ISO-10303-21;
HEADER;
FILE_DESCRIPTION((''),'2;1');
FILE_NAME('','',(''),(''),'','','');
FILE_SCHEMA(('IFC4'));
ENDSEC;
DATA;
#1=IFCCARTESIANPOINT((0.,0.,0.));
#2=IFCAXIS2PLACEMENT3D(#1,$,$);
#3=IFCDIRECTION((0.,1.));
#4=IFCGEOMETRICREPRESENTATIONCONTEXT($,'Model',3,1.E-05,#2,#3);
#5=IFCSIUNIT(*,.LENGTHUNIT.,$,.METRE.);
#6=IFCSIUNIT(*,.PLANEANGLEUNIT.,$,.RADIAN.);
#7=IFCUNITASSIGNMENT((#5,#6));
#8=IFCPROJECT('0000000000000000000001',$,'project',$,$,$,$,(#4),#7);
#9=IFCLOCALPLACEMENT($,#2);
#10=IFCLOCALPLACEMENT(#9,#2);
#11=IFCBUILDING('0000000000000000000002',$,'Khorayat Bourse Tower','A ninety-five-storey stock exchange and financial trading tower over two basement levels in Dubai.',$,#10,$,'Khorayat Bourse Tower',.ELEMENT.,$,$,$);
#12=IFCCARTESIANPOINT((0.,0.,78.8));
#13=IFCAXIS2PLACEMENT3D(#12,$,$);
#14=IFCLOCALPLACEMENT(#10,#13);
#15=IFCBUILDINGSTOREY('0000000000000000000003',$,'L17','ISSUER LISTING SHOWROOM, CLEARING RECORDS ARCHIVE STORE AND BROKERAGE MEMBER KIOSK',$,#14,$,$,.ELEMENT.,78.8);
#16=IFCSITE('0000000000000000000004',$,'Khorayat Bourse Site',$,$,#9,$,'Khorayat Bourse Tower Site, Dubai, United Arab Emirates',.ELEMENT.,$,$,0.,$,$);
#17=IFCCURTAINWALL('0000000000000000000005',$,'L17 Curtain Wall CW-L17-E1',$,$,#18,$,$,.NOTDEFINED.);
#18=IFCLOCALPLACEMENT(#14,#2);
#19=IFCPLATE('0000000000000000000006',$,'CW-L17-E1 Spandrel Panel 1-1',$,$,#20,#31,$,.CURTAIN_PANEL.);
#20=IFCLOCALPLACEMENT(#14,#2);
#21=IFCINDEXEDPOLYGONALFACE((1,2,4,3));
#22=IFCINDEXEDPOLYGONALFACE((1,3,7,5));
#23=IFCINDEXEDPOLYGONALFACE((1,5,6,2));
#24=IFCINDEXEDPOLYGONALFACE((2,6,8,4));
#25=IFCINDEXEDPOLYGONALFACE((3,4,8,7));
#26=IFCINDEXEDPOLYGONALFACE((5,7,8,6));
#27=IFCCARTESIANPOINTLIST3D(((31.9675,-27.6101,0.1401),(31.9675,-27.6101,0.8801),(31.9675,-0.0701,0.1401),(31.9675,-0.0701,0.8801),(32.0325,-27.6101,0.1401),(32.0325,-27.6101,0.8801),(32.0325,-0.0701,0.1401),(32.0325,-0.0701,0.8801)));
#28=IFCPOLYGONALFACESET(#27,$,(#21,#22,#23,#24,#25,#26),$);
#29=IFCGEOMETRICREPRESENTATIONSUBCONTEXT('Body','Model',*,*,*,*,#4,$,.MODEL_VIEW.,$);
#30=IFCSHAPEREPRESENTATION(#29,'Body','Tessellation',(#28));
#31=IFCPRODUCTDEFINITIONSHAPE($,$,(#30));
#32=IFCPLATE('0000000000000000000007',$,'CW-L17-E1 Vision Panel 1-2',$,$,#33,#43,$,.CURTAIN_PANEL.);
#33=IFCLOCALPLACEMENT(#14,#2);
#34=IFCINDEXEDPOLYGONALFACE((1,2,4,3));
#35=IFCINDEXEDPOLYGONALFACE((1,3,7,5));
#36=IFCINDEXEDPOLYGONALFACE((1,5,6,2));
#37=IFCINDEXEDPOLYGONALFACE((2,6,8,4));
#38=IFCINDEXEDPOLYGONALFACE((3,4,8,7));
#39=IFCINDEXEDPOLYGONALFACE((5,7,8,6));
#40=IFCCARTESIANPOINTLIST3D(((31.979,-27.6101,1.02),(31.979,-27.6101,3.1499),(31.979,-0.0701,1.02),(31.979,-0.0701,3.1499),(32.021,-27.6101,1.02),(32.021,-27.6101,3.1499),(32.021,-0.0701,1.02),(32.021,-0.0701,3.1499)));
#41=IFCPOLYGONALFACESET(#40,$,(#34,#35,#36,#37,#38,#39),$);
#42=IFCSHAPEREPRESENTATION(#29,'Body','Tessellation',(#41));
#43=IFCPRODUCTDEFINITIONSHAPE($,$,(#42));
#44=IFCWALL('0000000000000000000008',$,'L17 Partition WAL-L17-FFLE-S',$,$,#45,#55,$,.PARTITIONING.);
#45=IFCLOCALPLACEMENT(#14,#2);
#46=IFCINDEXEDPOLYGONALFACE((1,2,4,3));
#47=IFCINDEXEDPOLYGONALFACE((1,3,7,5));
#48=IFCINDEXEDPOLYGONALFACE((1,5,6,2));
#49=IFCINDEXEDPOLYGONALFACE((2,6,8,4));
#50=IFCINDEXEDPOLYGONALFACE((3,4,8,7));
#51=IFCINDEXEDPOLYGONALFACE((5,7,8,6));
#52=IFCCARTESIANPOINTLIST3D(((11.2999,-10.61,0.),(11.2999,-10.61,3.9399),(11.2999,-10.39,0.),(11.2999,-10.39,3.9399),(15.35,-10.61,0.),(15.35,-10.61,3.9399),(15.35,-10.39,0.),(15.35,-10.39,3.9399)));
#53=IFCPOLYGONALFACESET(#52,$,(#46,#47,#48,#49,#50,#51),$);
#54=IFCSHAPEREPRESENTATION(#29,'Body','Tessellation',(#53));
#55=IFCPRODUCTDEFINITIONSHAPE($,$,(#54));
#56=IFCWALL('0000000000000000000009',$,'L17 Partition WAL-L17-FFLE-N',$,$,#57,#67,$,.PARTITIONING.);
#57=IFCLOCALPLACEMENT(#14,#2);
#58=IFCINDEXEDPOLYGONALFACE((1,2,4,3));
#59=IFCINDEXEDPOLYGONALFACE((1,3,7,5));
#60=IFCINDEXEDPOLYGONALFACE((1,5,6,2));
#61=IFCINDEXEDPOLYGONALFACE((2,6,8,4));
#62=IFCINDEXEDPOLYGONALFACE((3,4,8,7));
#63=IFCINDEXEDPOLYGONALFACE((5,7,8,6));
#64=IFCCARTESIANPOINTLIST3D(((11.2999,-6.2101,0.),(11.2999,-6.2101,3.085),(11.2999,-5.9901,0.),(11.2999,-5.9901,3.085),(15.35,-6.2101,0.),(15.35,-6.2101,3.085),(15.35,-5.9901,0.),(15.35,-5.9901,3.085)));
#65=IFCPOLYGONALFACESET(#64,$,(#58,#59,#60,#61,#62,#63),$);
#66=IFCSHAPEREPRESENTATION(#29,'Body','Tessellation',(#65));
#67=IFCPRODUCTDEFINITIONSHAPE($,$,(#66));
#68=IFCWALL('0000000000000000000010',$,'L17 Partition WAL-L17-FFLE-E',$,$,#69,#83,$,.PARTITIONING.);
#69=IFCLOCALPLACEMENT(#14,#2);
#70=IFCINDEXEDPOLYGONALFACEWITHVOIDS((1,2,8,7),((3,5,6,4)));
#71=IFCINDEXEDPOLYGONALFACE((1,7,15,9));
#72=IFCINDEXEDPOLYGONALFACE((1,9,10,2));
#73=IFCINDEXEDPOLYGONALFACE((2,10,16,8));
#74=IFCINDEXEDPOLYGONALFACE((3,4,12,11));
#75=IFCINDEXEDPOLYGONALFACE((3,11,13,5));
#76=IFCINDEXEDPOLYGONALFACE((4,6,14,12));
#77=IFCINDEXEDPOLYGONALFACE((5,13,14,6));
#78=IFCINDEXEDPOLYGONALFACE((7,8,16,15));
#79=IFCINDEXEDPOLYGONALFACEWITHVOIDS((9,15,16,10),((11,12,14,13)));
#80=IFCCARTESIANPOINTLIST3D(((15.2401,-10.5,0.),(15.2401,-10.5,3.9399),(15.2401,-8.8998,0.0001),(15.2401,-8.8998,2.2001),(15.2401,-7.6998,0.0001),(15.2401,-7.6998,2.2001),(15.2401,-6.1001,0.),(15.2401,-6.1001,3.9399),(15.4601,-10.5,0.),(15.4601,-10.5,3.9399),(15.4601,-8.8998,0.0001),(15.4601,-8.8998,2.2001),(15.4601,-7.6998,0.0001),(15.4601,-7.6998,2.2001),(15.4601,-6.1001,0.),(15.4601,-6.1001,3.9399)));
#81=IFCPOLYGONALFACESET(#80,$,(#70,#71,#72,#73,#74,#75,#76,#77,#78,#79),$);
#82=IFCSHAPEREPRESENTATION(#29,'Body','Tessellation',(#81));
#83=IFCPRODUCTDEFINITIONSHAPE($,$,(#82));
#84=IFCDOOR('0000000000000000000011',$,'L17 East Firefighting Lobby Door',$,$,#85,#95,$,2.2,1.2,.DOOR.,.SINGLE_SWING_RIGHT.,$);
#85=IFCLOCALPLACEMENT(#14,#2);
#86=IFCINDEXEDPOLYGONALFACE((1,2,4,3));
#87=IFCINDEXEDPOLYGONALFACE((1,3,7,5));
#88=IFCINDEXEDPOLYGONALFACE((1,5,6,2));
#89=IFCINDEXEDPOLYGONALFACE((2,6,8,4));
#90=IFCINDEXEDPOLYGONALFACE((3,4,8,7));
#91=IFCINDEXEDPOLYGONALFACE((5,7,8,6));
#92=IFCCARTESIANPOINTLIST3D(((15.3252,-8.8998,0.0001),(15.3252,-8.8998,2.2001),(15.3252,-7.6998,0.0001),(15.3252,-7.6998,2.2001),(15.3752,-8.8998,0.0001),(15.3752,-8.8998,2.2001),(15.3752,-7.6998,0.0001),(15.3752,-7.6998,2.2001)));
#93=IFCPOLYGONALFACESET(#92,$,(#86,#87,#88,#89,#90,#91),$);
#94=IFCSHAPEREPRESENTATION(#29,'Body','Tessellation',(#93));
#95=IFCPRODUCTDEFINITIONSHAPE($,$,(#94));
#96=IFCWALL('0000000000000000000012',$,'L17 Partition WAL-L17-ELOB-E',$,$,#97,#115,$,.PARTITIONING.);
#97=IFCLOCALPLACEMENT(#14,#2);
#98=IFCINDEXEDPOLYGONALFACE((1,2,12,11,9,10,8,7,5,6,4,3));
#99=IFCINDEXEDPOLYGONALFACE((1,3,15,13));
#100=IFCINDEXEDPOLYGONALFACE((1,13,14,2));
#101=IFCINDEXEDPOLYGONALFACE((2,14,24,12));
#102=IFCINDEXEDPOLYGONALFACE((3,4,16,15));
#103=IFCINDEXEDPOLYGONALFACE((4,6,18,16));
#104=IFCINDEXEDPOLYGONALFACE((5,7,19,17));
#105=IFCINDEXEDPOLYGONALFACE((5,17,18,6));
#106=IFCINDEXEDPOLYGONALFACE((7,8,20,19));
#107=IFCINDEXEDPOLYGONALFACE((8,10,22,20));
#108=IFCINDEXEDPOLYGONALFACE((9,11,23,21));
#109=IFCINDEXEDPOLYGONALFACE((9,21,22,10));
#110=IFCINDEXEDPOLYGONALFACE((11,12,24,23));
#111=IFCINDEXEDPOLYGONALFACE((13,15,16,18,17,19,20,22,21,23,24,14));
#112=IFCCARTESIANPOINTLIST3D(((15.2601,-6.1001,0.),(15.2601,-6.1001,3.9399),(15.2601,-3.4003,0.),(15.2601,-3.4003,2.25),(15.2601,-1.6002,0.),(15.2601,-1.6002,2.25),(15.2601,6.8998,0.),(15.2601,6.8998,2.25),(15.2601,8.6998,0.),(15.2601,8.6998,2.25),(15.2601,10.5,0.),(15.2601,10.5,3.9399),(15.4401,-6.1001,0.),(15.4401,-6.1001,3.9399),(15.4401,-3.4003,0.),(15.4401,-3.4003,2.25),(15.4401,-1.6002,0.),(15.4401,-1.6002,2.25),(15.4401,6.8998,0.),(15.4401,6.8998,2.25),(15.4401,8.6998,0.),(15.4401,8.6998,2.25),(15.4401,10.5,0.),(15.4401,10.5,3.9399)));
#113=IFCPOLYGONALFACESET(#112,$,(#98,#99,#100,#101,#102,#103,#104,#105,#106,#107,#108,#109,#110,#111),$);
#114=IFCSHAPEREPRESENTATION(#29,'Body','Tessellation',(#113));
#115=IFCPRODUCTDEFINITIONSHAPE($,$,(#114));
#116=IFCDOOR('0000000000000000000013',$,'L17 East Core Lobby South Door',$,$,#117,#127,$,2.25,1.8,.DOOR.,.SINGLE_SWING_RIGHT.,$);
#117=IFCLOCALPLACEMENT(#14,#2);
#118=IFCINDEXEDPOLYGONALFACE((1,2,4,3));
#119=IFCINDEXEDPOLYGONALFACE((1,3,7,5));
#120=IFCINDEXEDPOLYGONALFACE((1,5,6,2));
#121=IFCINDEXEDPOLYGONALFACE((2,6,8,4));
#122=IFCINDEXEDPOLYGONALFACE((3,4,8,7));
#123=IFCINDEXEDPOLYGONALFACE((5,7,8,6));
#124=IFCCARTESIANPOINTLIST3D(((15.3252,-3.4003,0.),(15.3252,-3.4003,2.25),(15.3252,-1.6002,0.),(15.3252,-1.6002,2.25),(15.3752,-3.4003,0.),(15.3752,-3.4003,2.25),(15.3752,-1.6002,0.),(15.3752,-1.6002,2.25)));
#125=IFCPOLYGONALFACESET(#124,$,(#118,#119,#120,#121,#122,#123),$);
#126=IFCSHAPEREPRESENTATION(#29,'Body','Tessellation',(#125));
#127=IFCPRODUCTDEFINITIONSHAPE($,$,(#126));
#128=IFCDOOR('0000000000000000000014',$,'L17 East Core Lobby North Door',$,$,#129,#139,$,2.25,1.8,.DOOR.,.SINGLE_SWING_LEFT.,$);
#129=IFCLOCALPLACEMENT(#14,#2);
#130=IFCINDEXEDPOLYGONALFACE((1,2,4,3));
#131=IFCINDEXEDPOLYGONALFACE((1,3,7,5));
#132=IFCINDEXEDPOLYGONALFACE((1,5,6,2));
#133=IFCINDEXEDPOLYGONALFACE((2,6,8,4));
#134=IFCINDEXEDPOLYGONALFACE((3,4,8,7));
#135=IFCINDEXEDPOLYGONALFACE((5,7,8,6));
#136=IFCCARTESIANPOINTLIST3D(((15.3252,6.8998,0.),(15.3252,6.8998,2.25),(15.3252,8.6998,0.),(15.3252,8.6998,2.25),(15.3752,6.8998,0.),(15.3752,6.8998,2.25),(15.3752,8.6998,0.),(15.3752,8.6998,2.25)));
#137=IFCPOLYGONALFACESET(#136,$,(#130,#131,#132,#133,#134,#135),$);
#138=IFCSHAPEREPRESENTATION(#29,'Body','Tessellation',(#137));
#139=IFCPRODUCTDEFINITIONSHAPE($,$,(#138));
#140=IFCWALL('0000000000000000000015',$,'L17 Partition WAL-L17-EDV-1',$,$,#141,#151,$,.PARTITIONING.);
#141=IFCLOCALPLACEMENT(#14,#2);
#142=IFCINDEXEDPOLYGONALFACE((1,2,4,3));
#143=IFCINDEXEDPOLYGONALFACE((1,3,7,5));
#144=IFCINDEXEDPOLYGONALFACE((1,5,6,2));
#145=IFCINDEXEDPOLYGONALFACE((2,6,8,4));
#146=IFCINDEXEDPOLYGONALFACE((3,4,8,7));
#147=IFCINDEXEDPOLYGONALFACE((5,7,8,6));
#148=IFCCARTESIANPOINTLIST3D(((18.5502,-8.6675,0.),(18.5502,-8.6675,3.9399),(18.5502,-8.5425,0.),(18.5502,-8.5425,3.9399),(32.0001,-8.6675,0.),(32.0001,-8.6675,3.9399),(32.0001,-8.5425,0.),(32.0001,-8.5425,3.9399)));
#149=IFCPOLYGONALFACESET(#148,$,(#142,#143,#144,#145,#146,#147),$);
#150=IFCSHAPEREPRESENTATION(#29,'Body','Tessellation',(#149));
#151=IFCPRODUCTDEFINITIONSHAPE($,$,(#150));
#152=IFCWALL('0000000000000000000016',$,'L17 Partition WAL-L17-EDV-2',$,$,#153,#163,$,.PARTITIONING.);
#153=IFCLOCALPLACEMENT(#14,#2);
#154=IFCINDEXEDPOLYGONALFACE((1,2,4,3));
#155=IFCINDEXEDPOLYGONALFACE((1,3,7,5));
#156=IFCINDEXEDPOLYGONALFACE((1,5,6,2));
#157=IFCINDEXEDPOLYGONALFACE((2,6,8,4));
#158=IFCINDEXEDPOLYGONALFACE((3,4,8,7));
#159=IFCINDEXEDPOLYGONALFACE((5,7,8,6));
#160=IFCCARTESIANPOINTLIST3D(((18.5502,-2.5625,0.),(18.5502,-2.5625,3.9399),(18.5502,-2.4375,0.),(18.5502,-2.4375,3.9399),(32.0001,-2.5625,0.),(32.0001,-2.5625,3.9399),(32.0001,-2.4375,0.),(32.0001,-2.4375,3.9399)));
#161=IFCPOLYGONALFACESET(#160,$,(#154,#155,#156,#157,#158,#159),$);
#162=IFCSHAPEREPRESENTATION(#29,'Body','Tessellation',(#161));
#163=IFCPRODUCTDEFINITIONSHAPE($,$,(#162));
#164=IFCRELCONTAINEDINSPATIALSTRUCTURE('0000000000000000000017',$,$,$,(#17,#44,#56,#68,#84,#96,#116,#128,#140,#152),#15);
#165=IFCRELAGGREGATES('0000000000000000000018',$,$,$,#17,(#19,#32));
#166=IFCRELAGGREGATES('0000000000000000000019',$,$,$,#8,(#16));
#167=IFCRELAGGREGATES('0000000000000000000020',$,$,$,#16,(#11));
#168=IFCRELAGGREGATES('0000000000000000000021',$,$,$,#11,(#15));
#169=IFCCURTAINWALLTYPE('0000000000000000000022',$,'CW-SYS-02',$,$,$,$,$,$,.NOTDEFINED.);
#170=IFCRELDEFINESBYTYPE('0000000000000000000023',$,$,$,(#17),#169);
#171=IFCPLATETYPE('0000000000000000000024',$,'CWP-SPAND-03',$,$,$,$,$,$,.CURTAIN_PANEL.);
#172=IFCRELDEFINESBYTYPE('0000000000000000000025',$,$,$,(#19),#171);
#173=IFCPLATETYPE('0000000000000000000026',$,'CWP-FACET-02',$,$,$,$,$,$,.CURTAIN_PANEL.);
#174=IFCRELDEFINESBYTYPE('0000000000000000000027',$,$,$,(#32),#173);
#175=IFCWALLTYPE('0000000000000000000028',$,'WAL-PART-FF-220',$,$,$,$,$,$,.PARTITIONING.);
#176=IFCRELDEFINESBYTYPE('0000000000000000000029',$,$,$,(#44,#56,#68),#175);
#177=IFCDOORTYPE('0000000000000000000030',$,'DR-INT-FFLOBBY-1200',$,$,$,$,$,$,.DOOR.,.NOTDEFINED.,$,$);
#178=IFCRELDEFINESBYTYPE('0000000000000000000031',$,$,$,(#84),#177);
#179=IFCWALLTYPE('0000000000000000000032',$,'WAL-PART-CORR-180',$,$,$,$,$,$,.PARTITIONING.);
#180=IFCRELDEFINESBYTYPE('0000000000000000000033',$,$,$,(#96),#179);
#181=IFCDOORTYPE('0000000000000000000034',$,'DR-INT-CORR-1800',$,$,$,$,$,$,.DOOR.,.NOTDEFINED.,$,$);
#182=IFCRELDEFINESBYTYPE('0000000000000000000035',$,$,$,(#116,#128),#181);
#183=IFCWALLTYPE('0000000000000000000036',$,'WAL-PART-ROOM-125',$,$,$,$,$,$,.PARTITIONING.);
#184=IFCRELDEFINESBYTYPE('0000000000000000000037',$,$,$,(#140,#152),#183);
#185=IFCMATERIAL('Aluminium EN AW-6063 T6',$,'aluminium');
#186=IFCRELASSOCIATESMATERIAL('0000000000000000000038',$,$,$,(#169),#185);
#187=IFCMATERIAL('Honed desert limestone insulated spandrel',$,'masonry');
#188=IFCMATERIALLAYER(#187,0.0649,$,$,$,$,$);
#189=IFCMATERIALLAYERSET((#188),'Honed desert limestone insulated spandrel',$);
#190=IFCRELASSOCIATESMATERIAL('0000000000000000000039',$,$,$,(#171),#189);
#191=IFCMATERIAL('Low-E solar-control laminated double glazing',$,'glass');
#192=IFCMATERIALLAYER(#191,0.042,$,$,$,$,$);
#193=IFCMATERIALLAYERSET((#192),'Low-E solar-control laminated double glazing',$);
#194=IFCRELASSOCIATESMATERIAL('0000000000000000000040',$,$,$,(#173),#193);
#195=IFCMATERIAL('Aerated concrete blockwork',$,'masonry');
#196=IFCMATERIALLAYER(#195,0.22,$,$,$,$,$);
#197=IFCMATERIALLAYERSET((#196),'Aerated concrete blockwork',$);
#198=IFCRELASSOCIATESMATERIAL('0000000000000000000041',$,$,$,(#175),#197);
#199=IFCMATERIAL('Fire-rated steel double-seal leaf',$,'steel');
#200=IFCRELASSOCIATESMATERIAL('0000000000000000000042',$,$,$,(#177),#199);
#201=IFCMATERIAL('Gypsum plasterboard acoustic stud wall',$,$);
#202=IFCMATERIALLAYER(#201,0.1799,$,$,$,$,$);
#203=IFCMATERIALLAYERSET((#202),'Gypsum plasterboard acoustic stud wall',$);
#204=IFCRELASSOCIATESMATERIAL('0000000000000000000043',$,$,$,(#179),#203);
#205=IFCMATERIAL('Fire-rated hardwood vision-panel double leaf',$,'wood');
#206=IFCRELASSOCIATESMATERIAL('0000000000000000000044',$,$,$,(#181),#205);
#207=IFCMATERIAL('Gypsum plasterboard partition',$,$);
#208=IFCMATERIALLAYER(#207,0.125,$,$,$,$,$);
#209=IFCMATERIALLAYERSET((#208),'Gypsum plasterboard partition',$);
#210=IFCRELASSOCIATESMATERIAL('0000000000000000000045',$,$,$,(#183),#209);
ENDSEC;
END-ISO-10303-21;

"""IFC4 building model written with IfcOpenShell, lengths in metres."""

from ifc_helpers import new_model, si_unit, direction, frame, frame_2d, origin, origin_2d, place, context, subcontext, project, spatial, rectangle, extrude, source, transform, mapped, material, layer, layer_set, type_object, element, fill, aggregate, save


model = new_model("IFC4")

# Units and contexts
model_context = context("Model", 3, precision=1e-05, world=origin(), true_north=direction((0.0, 1.0)))
body_context = subcontext(model_context, "Body", "Model", "MODEL_VIEW")
ifc_project = project(units=[si_unit("LENGTHUNIT", "METRE"), si_unit("PLANEANGLEUNIT", "RADIAN")], contexts=[model_context])

# Site, building, storey
site_placement = place(None, origin())
site = spatial("IfcSite", under=ifc_project, at=site_placement, Name="Khorayat Bourse Site", LongName="Khorayat Bourse Tower Site, Dubai, United Arab Emirates", CompositionType="ELEMENT", RefElevation=0.0)
building_placement = place(site_placement, origin())
building = spatial("IfcBuilding", under=site, at=building_placement, Name="Khorayat Bourse Tower", Description="A ninety-five-storey stock exchange and financial trading tower over two basement levels in Dubai.", LongName="Khorayat Bourse Tower", CompositionType="ELEMENT")
storey_placement = place(building_placement, frame((0.0, 0.0, 78.8)))
storey = spatial("IfcBuildingStorey", under=building, at=storey_placement, Name="L17", Description="ISSUER LISTING SHOWROOM, CLEARING RECORDS ARCHIVE STORE AND BROKERAGE MEMBER KIOSK", CompositionType="ELEMENT", Elevation=78.8)

# Curtain wall
ifc_material_1 = material(Name="Aluminium EN AW-6063 T6", Category="aluminium")
curtain_wall_type = type_object("IfcCurtainWallType", Name="CW-SYS-02", PredefinedType="NOTDEFINED", material=ifc_material_1)
curtain_wall_placement = place(storey_placement, origin())
curtain_wall = element("IfcCurtainWall", 1, at=curtain_wall_placement, inside=storey, type_object=curtain_wall_type, Name="L17 Curtain Wall CW-L17-E1", PredefinedType="NOTDEFINED")

# Plates
ifc_material_2 = material(Name="Honed desert limestone insulated spandrel", Category="masonry")
ifc_layer_1 = layer(ifc_material_2, 0.0649)
ifc_layer_set_1 = layer_set([ifc_layer_1], Name="Honed desert limestone insulated spandrel")
plate_type_1 = type_object("IfcPlateType", Name="CWP-SPAND-03", PredefinedType="CURTAIN_PANEL", material=ifc_layer_set_1)
shared_shape_1 = source(origin(), body_context, "Body", "SweptSolid", [
    extrude(rectangle(XDim=27.54, YDim=0.0649, at=origin_2d()), origin(), (0.0, 0.0, 1.0), 0.74),
])
plate_1_placement = place(storey_placement, frame((32.0, -13.8401, 0.1401), z_axis=(0.0, 0.0, 1.0), x_axis=(0.0, 1.0, 0.0)))
plate_1 = element("IfcPlate", 2, at=plate_1_placement, type_object=plate_type_1, Name="CW-L17-E1 Spandrel Panel 1-1", PredefinedType="CURTAIN_PANEL", context=body_context, shape_type="MappedRepresentation", body=[
    mapped(shared_shape_1, transform((0.0, 0.0, 0.0), scale=1.0)),
])
ifc_material_3 = material(Name="Low-E solar-control laminated double glazing", Category="glass")
ifc_layer_2 = layer(ifc_material_3, 0.042)
ifc_layer_set_2 = layer_set([ifc_layer_2], Name="Low-E solar-control laminated double glazing")
plate_type_2 = type_object("IfcPlateType", Name="CWP-FACET-02", PredefinedType="CURTAIN_PANEL", material=ifc_layer_set_2)
shared_shape_2 = source(origin(), body_context, "Body", "SweptSolid", [
    extrude(rectangle(XDim=27.54, YDim=0.042, at=origin_2d()), origin(), (0.0, 0.0, 1.0), 2.1299),
])
plate_2_placement = place(storey_placement, frame((32.0, -13.8401, 1.02), z_axis=(0.0, 0.0, 1.0), x_axis=(0.0, 1.0, 0.0)))
plate_2 = element("IfcPlate", 3, at=plate_2_placement, type_object=plate_type_2, Name="CW-L17-E1 Vision Panel 1-2", PredefinedType="CURTAIN_PANEL", context=body_context, shape_type="MappedRepresentation", body=[
    mapped(shared_shape_2, transform((0.0, 0.0, 0.0), scale=1.0)),
])
aggregate(curtain_wall, [plate_1, plate_2])

# Walls
ifc_material_4 = material(Name="Aerated concrete blockwork", Category="masonry")
ifc_layer_3 = layer(ifc_material_4, 0.22)
ifc_layer_set_3 = layer_set([ifc_layer_3], Name="Aerated concrete blockwork")
wall_type_1 = type_object("IfcWallType", Name="WAL-PART-FF-220", PredefinedType="PARTITIONING", material=ifc_layer_set_3)
shared_shape_3 = source(origin(), body_context, "Body", "SweptSolid", [
    extrude(rectangle(XDim=4.05, YDim=0.22, at=frame_2d((2.0249, 0.0))), origin(), (0.0, 0.0, 1.0), 3.9399),
])
wall_1_placement = place(storey_placement, frame((11.3, -10.5, 0.0), z_axis=(0.0, 0.0, 1.0), x_axis=(1.0, 0.0, 0.0)))
element("IfcWall", 4, at=wall_1_placement, inside=storey, type_object=wall_type_1, Name="L17 Partition WAL-L17-FFLE-S", PredefinedType="PARTITIONING", context=body_context, shape_type="MappedRepresentation", body=[
    mapped(shared_shape_3, transform((0.0, 0.0, 0.0), scale=1.0)),
])
shared_shape_4 = source(origin(), body_context, "Body", "SweptSolid", [
    extrude(rectangle(XDim=4.05, YDim=0.22, at=frame_2d((2.0249, 0.0))), origin(), (0.0, 0.0, 1.0), 3.085),
])
wall_2_placement = place(storey_placement, frame((11.3, -6.1001, 0.0), z_axis=(0.0, 0.0, 1.0), x_axis=(1.0, 0.0, 0.0)))
element("IfcWall", 5, at=wall_2_placement, inside=storey, type_object=wall_type_1, Name="L17 Partition WAL-L17-FFLE-N", PredefinedType="PARTITIONING", context=body_context, shape_type="MappedRepresentation", body=[
    mapped(shared_shape_4, transform((0.0, 0.0, 0.0), scale=1.0)),
])

# Wall, opening, door
shared_shape_5 = source(origin(), body_context, "Body", "SweptSolid", [
    extrude(rectangle(XDim=4.3999, YDim=0.22, at=frame_2d((2.2, 0.0))), origin(), (0.0, 0.0, 1.0), 3.9399),
])
wall_3_placement = place(storey_placement, frame((15.3501, -10.5, 0.0), z_axis=(0.0, 0.0, 1.0), x_axis=(0.0, 1.0, 0.0)))
wall_3 = element("IfcWall", 6, at=wall_3_placement, inside=storey, type_object=wall_type_1, Name="L17 Partition WAL-L17-FFLE-E", PredefinedType="PARTITIONING", context=body_context, shape_type="MappedRepresentation", body=[
    mapped(shared_shape_5, transform((0.0, 0.0, 0.0), scale=1.0)),
])
shared_shape_6 = source(origin(), body_context, "Body", "SweptSolid", [
    extrude(rectangle(XDim=1.2, YDim=2.2, at=frame_2d((0.6001, 1.1001))), frame((0.0, 0.1199, 0.0), z_axis=(0.0, -1.0, 0.0), x_axis=(1.0, 0.0, 0.0)), (0.0, 0.0, 1.0), 0.24),
])
opening_1_placement = place(wall_3_placement, frame((1.6001, 0.0, 0.0)))
opening_1 = element("IfcOpeningElement", 7, at=opening_1_placement, cuts=wall_3, PredefinedType="OPENING", context=body_context, shape_type="MappedRepresentation", body=[
    mapped(shared_shape_6, transform((0.0, 0.0, 0.0), scale=1.0)),
])
ifc_material_5 = material(Name="Fire-rated steel double-seal leaf", Category="steel")
door_type_1 = type_object("IfcDoorType", Name="DR-INT-FFLOBBY-1200", OperationType="NOTDEFINED", PredefinedType="DOOR", material=ifc_material_5)
shared_shape_7 = source(origin(), body_context, "Body", "SweptSolid", [
    extrude(rectangle(XDim=1.2, YDim=2.2, at=frame_2d((0.6001, 1.1001))), frame((0.0, 0.0249, 0.0), z_axis=(0.0, -1.0, 0.0), x_axis=(1.0, 0.0, 0.0)), (0.0, 0.0, 1.0), 0.05),
])
door_1_placement = place(opening_1_placement, origin())
door_1 = element("IfcDoor", 8, at=door_1_placement, inside=storey, type_object=door_type_1, Name="L17 East Firefighting Lobby Door", OperationType="SINGLE_SWING_RIGHT", OverallHeight=2.2, OverallWidth=1.2, PredefinedType="DOOR", context=body_context, shape_type="MappedRepresentation", body=[
    mapped(shared_shape_7, transform((0.0, 0.0, 0.0), scale=1.0)),
])
fill(opening_1, door_1)

# Wall, openings, doors
ifc_material_6 = material(Name="Gypsum plasterboard acoustic stud wall")
ifc_layer_4 = layer(ifc_material_6, 0.1799)
ifc_layer_set_4 = layer_set([ifc_layer_4], Name="Gypsum plasterboard acoustic stud wall")
wall_type_2 = type_object("IfcWallType", Name="WAL-PART-CORR-180", PredefinedType="PARTITIONING", material=ifc_layer_set_4)
shared_shape_8 = source(origin(), body_context, "Body", "SweptSolid", [
    extrude(rectangle(XDim=16.6001, YDim=0.1799, at=frame_2d((8.3, 0.0))), origin(), (0.0, 0.0, 1.0), 3.9399),
])
wall_4_placement = place(storey_placement, frame((15.3501, -6.1001, 0.0), z_axis=(0.0, 0.0, 1.0), x_axis=(0.0, 1.0, 0.0)))
wall_4 = element("IfcWall", 9, at=wall_4_placement, inside=storey, type_object=wall_type_2, Name="L17 Partition WAL-L17-ELOB-E", PredefinedType="PARTITIONING", context=body_context, shape_type="MappedRepresentation", body=[
    mapped(shared_shape_8, transform((0.0, 0.0, 0.0), scale=1.0)),
])
shared_shape_9 = source(origin(), body_context, "Body", "SweptSolid", [
    extrude(rectangle(XDim=1.8, YDim=2.25, at=frame_2d((0.8999, 1.125))), frame((0.0, 0.0999, 0.0), z_axis=(0.0, -1.0, 0.0), x_axis=(1.0, 0.0, 0.0)), (0.0, 0.0, 1.0), 0.2),
])
opening_2_placement = place(wall_4_placement, frame((2.7, 0.0, 0.0)))
opening_2 = element("IfcOpeningElement", 10, at=opening_2_placement, cuts=wall_4, PredefinedType="OPENING", context=body_context, shape_type="MappedRepresentation", body=[
    mapped(shared_shape_9, transform((0.0, 0.0, 0.0), scale=1.0)),
])
opening_3_placement = place(wall_4_placement, frame((13.0, 0.0, 0.0)))
opening_3 = element("IfcOpeningElement", 11, at=opening_3_placement, cuts=wall_4, PredefinedType="OPENING", context=body_context, shape_type="MappedRepresentation", body=[
    mapped(shared_shape_9, transform((0.0, 0.0, 0.0), scale=1.0)),
])
ifc_material_7 = material(Name="Fire-rated hardwood vision-panel double leaf", Category="wood")
door_type_2 = type_object("IfcDoorType", Name="DR-INT-CORR-1800", OperationType="NOTDEFINED", PredefinedType="DOOR", material=ifc_material_7)
shared_shape_10 = source(origin(), body_context, "Body", "SweptSolid", [
    extrude(rectangle(XDim=1.8, YDim=2.25, at=frame_2d((0.8999, 1.125))), frame((0.0, 0.0249, 0.0), z_axis=(0.0, -1.0, 0.0), x_axis=(1.0, 0.0, 0.0)), (0.0, 0.0, 1.0), 0.05),
])
door_2_placement = place(opening_2_placement, origin())
door_2 = element("IfcDoor", 12, at=door_2_placement, inside=storey, type_object=door_type_2, Name="L17 East Core Lobby South Door", OperationType="SINGLE_SWING_RIGHT", OverallHeight=2.25, OverallWidth=1.8, PredefinedType="DOOR", context=body_context, shape_type="MappedRepresentation", body=[
    mapped(shared_shape_10, transform((0.0, 0.0, 0.0), scale=1.0)),
])
fill(opening_2, door_2)
door_3_placement = place(opening_3_placement, origin())
door_3 = element("IfcDoor", 13, at=door_3_placement, inside=storey, type_object=door_type_2, Name="L17 East Core Lobby North Door", OperationType="SINGLE_SWING_LEFT", OverallHeight=2.25, OverallWidth=1.8, PredefinedType="DOOR", context=body_context, shape_type="MappedRepresentation", body=[
    mapped(shared_shape_10, transform((0.0, 0.0, 0.0), scale=1.0)),
])
fill(opening_3, door_3)

# Walls
ifc_material_8 = material(Name="Gypsum plasterboard partition")
ifc_layer_5 = layer(ifc_material_8, 0.125)
ifc_layer_set_5 = layer_set([ifc_layer_5], Name="Gypsum plasterboard partition")
wall_type_3 = type_object("IfcWallType", Name="WAL-PART-ROOM-125", PredefinedType="PARTITIONING", material=ifc_layer_set_5)
shared_shape_11 = source(origin(), body_context, "Body", "SweptSolid", [
    extrude(rectangle(XDim=13.45, YDim=0.125, at=frame_2d((6.7251, 0.0))), origin(), (0.0, 0.0, 1.0), 3.9399),
])
for number, where, z_axis, x_axis, name in (
    (14, (18.55, -8.605, 0.0), (0.0, 0.0, 1.0), (1.0, 0.0, 0.0), "L17 Partition WAL-L17-EDV-1"),
    (15, (18.55, -2.5, 0.0), (0.0, 0.0, 1.0), (1.0, 0.0, 0.0), "L17 Partition WAL-L17-EDV-2"),
):
    element("IfcWall", number, at=place(storey_placement, frame(where, z_axis=z_axis, x_axis=x_axis)), inside=storey, type_object=wall_type_3, Name=name, PredefinedType="PARTITIONING", context=body_context, shape_type="MappedRepresentation", body=[
        mapped(shared_shape_11, transform((0.0, 0.0, 0.0), scale=1.0)),
    ])

save(model, "model.ifc")
